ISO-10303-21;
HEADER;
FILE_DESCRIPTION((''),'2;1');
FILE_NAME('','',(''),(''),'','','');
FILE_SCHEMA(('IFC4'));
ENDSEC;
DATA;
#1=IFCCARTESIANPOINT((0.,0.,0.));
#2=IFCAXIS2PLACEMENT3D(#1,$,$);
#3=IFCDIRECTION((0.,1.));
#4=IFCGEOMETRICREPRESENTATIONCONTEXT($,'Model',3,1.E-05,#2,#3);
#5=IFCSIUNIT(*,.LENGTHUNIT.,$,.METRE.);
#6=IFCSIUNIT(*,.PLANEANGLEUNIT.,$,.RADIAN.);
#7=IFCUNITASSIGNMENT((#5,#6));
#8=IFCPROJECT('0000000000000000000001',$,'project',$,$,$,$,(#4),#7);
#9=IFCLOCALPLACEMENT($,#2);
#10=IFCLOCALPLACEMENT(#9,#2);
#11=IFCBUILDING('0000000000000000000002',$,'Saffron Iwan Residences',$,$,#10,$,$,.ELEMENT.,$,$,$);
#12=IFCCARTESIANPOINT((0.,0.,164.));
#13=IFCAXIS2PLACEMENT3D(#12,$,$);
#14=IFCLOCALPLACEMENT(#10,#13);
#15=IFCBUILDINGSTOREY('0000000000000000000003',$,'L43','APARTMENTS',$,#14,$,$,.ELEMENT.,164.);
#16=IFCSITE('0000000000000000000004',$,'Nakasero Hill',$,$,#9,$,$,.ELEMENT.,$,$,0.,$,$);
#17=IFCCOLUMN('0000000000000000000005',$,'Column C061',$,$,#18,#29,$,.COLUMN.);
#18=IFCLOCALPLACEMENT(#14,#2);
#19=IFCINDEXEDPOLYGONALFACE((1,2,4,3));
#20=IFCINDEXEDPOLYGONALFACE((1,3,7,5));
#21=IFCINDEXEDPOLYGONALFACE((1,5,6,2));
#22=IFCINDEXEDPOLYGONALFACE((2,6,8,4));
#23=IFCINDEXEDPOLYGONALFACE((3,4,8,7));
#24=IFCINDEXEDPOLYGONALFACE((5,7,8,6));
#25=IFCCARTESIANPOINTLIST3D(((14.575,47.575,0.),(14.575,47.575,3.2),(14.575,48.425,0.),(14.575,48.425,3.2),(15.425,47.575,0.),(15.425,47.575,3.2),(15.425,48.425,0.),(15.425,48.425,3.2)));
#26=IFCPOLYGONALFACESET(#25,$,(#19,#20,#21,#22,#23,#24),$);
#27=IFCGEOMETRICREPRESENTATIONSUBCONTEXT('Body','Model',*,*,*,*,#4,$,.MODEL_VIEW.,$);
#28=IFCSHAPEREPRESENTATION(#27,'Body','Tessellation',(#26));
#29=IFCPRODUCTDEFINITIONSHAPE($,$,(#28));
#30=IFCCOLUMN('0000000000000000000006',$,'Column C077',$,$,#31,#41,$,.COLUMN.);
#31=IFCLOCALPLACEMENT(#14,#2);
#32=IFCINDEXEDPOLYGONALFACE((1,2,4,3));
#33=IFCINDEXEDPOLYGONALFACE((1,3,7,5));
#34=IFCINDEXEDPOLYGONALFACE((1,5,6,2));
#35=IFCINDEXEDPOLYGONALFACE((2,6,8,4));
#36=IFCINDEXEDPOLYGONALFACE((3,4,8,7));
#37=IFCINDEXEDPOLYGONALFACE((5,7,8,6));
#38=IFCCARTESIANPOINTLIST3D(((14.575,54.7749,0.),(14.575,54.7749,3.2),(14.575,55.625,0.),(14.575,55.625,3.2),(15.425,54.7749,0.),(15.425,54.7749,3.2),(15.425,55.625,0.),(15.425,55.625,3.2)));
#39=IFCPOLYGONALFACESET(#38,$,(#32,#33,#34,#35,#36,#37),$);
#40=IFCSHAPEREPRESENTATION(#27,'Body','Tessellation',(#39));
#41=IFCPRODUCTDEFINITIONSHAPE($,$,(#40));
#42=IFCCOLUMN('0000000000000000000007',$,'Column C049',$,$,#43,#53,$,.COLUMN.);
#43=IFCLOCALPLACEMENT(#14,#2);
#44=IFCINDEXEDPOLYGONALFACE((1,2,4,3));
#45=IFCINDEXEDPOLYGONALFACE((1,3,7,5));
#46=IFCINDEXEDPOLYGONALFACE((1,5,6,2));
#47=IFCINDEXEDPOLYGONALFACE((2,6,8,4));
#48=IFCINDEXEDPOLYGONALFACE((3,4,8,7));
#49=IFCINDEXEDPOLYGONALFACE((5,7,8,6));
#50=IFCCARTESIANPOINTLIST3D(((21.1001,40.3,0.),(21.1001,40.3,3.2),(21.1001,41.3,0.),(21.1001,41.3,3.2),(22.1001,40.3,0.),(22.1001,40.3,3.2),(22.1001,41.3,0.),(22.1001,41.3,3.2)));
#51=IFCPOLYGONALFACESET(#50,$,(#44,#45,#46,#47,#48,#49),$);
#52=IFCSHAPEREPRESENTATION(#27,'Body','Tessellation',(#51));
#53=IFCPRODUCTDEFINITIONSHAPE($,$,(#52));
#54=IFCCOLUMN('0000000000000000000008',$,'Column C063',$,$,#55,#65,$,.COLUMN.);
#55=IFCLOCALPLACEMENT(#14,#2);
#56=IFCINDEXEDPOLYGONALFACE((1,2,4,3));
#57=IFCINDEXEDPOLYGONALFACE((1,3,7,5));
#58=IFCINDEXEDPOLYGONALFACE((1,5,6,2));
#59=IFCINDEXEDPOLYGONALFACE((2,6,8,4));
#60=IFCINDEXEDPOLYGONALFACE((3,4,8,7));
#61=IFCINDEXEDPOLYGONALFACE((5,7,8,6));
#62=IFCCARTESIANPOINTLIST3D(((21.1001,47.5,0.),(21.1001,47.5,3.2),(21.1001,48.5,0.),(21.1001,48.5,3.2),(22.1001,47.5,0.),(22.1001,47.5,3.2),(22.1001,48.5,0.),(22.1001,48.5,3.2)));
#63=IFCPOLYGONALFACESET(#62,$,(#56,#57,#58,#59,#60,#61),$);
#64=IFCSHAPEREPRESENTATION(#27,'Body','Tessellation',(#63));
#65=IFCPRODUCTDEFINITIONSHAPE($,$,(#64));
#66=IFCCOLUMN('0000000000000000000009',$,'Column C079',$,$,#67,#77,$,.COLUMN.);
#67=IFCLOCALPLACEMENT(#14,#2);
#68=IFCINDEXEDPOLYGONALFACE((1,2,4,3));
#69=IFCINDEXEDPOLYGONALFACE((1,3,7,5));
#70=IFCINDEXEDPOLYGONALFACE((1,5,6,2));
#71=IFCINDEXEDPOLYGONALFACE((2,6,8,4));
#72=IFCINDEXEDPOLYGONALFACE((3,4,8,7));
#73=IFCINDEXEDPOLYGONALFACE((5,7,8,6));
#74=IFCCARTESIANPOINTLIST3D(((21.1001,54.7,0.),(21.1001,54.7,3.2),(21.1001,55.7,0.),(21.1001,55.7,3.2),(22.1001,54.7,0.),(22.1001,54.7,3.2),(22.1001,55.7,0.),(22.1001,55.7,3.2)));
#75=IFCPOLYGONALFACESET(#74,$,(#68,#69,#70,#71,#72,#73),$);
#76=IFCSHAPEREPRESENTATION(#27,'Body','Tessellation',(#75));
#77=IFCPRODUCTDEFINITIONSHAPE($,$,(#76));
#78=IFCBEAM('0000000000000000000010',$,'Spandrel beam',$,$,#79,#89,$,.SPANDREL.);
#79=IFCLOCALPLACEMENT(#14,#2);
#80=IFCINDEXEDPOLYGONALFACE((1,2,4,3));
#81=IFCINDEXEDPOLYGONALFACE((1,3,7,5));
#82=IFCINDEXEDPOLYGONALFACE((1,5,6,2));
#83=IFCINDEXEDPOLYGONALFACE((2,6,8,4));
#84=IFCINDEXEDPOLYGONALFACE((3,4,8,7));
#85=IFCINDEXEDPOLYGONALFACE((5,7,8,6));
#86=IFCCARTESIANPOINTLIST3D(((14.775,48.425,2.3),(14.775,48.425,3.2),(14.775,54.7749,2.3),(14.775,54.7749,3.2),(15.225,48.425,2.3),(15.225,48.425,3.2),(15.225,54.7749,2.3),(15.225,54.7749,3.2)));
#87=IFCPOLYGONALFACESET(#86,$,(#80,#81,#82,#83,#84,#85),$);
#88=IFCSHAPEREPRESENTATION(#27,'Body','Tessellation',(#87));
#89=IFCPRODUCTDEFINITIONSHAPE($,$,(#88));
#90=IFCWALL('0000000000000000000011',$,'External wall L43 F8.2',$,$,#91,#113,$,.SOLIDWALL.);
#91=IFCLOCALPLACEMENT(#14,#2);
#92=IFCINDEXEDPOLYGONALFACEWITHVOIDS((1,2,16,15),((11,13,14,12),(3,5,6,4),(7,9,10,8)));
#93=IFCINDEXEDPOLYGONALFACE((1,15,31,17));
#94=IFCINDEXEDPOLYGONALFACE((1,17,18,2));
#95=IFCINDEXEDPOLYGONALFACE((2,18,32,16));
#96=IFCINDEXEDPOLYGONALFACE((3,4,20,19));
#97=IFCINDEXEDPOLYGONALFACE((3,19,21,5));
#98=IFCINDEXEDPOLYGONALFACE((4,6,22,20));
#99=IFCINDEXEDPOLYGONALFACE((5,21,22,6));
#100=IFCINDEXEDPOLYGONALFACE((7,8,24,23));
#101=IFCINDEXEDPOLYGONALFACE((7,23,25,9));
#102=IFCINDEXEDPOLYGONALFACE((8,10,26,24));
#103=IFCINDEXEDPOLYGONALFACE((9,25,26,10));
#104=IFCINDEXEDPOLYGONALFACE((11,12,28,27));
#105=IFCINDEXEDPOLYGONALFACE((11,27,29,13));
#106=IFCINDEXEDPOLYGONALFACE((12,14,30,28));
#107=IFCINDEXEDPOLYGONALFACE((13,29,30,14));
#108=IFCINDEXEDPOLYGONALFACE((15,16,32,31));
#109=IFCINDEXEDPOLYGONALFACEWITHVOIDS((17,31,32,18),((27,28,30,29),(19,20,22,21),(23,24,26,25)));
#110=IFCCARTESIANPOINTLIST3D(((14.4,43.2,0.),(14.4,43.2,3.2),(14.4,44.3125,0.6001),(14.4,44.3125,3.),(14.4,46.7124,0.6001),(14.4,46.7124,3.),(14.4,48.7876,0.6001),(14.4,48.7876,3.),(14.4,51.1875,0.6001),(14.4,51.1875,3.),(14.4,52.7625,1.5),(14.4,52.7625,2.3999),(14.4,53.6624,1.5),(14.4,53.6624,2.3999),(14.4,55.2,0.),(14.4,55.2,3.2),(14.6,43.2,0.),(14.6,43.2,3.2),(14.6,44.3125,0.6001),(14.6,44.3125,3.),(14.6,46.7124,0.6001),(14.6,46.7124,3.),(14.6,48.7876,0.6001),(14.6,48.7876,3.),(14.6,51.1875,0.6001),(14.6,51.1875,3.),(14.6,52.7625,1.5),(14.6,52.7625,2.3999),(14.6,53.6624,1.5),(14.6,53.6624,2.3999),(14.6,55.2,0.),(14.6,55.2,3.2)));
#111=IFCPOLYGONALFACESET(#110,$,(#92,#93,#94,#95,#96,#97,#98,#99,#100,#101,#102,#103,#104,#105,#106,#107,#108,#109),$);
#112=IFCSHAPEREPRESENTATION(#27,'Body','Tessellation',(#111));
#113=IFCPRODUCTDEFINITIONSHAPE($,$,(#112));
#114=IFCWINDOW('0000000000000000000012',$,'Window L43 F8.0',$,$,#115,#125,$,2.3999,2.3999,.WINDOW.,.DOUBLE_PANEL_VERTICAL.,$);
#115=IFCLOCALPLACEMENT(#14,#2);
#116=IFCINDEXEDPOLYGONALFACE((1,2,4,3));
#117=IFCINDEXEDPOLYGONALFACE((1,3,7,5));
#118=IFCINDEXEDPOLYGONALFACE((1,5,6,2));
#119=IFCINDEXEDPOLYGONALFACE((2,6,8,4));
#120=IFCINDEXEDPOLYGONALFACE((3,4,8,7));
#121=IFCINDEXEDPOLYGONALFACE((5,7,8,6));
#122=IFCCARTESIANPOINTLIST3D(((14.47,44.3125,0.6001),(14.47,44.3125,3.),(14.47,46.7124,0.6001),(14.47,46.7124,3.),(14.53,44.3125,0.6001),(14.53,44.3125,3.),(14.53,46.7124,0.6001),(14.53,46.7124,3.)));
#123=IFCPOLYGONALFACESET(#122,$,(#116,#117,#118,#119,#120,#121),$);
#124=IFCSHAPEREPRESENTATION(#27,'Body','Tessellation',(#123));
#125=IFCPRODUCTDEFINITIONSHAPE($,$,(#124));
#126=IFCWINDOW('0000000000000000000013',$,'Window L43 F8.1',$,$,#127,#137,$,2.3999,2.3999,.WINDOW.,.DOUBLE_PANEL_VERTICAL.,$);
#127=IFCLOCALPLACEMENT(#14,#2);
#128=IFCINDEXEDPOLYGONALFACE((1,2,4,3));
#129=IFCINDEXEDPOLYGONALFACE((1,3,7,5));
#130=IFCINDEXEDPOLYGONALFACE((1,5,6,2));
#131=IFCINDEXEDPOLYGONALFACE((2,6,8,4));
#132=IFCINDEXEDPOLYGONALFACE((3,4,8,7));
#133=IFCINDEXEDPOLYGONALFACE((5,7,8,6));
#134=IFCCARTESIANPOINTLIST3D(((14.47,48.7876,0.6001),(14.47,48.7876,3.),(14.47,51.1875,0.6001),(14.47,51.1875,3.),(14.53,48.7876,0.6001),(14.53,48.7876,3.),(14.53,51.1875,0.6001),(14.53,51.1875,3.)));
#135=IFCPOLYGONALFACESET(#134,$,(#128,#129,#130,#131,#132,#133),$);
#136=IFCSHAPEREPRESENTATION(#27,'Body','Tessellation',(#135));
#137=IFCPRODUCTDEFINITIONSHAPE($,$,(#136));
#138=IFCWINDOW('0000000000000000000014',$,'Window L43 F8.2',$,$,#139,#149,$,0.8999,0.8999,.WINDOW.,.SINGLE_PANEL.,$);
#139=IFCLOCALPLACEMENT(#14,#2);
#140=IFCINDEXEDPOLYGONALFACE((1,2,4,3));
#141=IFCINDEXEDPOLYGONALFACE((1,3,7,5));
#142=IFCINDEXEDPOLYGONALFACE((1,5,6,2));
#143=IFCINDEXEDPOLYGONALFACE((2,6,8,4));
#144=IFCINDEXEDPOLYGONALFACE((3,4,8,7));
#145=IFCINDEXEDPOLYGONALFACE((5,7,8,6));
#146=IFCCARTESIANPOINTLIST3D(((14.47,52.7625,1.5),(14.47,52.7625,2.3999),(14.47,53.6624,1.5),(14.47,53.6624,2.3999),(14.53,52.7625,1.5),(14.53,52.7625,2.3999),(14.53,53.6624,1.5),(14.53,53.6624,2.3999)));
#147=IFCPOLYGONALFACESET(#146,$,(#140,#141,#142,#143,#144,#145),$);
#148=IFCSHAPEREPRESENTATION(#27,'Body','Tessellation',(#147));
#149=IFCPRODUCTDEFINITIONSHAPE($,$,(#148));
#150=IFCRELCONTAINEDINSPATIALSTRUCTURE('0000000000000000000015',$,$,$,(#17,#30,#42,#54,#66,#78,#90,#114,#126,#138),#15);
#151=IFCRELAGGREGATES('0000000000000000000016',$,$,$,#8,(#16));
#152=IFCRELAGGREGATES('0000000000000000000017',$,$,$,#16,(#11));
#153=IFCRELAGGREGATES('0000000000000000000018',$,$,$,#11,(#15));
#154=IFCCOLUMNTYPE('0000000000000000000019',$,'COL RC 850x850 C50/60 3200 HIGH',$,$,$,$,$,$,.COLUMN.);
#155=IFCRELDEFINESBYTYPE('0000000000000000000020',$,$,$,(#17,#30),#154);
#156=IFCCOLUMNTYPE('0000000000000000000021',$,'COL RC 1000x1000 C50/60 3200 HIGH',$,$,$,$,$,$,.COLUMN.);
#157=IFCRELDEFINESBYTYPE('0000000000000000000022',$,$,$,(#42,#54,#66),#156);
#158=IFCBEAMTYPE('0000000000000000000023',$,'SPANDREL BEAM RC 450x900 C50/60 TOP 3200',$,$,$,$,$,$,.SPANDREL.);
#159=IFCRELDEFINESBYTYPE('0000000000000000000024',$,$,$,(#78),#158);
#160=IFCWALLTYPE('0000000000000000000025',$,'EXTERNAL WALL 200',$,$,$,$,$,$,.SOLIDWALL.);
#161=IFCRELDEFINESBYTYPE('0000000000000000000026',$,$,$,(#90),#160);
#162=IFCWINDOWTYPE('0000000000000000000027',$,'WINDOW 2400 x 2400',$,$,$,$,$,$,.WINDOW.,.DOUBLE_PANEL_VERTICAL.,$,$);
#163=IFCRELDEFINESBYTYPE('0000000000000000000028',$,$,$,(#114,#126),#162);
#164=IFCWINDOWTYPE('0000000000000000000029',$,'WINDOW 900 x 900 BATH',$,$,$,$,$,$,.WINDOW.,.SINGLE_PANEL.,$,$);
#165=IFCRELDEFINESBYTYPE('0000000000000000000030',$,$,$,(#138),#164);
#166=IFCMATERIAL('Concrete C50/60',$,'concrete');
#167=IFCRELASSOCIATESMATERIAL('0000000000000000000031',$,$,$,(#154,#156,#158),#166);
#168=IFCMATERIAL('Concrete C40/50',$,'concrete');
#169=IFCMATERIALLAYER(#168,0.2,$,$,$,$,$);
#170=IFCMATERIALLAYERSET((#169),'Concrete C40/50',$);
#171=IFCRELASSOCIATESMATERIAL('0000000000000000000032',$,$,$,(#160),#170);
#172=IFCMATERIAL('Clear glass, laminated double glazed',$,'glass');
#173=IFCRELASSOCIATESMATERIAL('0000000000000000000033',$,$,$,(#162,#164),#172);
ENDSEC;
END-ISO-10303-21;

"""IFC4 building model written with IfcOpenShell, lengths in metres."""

from ifc_helpers import new_model, si_unit, direction, frame, frame_2d, origin, origin_2d, place, context, subcontext, project, spatial, rectangle, extrude, source, transform, mapped, material, layer, layer_set, material_profile, profile_set, type_object, element, fill, save


model = new_model("IFC4")

# Units and contexts
model_context = context("Model", 3, precision=1e-05, world=origin(), true_north=direction((0.0, 1.0)))
body_context = subcontext(model_context, "Body", "Model", "MODEL_VIEW")
ifc_project = project(units=[si_unit("LENGTHUNIT", "METRE"), si_unit("PLANEANGLEUNIT", "RADIAN")], contexts=[model_context])

# Site, building, storey
site_placement = place(None, origin())
site = spatial("IfcSite", under=ifc_project, at=site_placement, Name="Nakasero Hill", CompositionType="ELEMENT", RefElevation=0.0)
building_placement = place(site_placement, origin())
building = spatial("IfcBuilding", under=site, at=building_placement, Name="Saffron Iwan Residences", CompositionType="ELEMENT")
storey_placement = place(building_placement, frame((0.0, 0.0, 164.0)))
storey = spatial("IfcBuildingStorey", under=building, at=storey_placement, Name="L43", Description="APARTMENTS", CompositionType="ELEMENT", Elevation=164.0)

# Columns
ifc_material_1 = material(Name="Concrete C50/60", Category="concrete")
ifc_material_profile_1 = material_profile(ifc_material_1, rectangle(XDim=0.8501, YDim=0.8501, at=origin_2d()), Name="RC 850x850")
ifc_profile_set_1 = profile_set([ifc_material_profile_1], Name="Concrete C50/60")
column_type_1 = type_object("IfcColumnType", Name="COL RC 850x850 C50/60 3200 HIGH", PredefinedType="COLUMN", material=ifc_profile_set_1)
shared_shape_1 = source(origin(), body_context, "Body", "SweptSolid", [
    extrude(rectangle(XDim=0.8501, YDim=0.8501, at=origin_2d()), origin(), (0.0, 0.0, 1.0), 3.2),
])
for number, where, z_axis, x_axis, name in (
    (1, (15.0, 48.0, 0.0), (0.0, 0.0, 1.0), (1.0, 0.0, 0.0), "Column C061"),
    (2, (15.0, 55.2, 0.0), (0.0, 0.0, 1.0), (1.0, 0.0, 0.0), "Column C077"),
):
    element("IfcColumn", number, at=place(storey_placement, frame(where, z_axis=z_axis, x_axis=x_axis)), inside=storey, type_object=column_type_1, Name=name, PredefinedType="COLUMN", context=body_context, shape_type="MappedRepresentation", body=[
        mapped(shared_shape_1, transform((0.0, 0.0, 0.0))),
    ])
ifc_material_profile_2 = material_profile(ifc_material_1, rectangle(XDim=1.0, YDim=1.0, at=origin_2d()), Name="RC 1000x1000")
ifc_profile_set_2 = profile_set([ifc_material_profile_2], Name="Concrete C50/60")
column_type_2 = type_object("IfcColumnType", Name="COL RC 1000x1000 C50/60 3200 HIGH", PredefinedType="COLUMN", material=ifc_profile_set_2)
shared_shape_2 = source(origin(), body_context, "Body", "SweptSolid", [
    extrude(rectangle(XDim=1.0, YDim=1.0, at=origin_2d()), origin(), (0.0, 0.0, 1.0), 3.2),
])
for number, where, z_axis, x_axis, name in (
    (3, (21.6001, 40.8, 0.0), (0.0, 0.0, 1.0), (1.0, 0.0, 0.0), "Column C049"),
    (4, (21.6001, 48.0, 0.0), (0.0, 0.0, 1.0), (1.0, 0.0, 0.0), "Column C063"),
    (5, (21.6001, 55.2, 0.0), (0.0, 0.0, 1.0), (1.0, 0.0, 0.0), "Column C079"),
):
    element("IfcColumn", number, at=place(storey_placement, frame(where, z_axis=z_axis, x_axis=x_axis)), inside=storey, type_object=column_type_2, Name=name, PredefinedType="COLUMN", context=body_context, shape_type="MappedRepresentation", body=[
        mapped(shared_shape_2, transform((0.0, 0.0, 0.0))),
    ])

# Beam
ifc_material_profile_3 = material_profile(ifc_material_1, rectangle(XDim=0.45, YDim=0.8999, at=origin_2d()), Name="RC 450x900")
ifc_profile_set_3 = profile_set([ifc_material_profile_3], Name="Concrete C50/60")
beam_type = type_object("IfcBeamType", Name="SPANDREL BEAM RC 450x900 C50/60 TOP 3200", PredefinedType="SPANDREL", material=ifc_profile_set_3)
shared_shape_3 = source(origin(), body_context, "Body", "SweptSolid", [
    extrude(rectangle(XDim=0.45, YDim=0.8999, at=origin_2d()), origin(), (0.0, 0.0, 1.0), 6.3499),
])
beam_placement = place(storey_placement, frame((15.0, 48.425, 2.75), z_axis=(0.0, 1.0, 0.0), x_axis=(-1.0, 0.0, 0.0)))
element("IfcBeam", 6, at=beam_placement, inside=storey, type_object=beam_type, Name="Spandrel beam", PredefinedType="SPANDREL", context=body_context, shape_type="MappedRepresentation", body=[
    mapped(shared_shape_3, transform((0.0, 0.0, 0.0))),
])

# Wall, openings, windows
ifc_material_2 = material(Name="Concrete C40/50", Category="concrete")
ifc_layer_1 = layer(ifc_material_2, 0.2)
ifc_layer_set_1 = layer_set([ifc_layer_1], Name="Concrete C40/50")
wall_type_1 = type_object("IfcWallType", Name="EXTERNAL WALL 200", PredefinedType="SOLIDWALL", material=ifc_layer_set_1)
wall_1_placement = place(storey_placement, frame((14.5, 55.2, 0.0), z_axis=(0.0, 0.0, 1.0), x_axis=(0.0, -1.0, 0.0)))
wall_1 = element("IfcWall", 7, at=wall_1_placement, inside=storey, type_object=wall_type_1, Name="External wall L43 F8.2", PredefinedType="SOLIDWALL", context=body_context, shape_type="SweptSolid", body=[
    extrude(rectangle(XDim=12.0, YDim=0.2, at=frame_2d((6.0, 0.0))), origin(), (0.0, 0.0, 1.0), 3.2),
])
opening_1_placement = place(wall_1_placement, frame((8.4875, 0.0, 0.6001)))
opening_1 = element("IfcOpeningElement", 8, at=opening_1_placement, cuts=wall_1, PredefinedType="OPENING", context=body_context, shape_type="SweptSolid", body=[
    extrude(rectangle(XDim=2.3999, YDim=2.3999, at=frame_2d((1.2, 1.2))), frame((0.0, 0.1099, 0.0), z_axis=(0.0, -1.0, 0.0), x_axis=(1.0, 0.0, 0.0)), (0.0, 0.0, 1.0), 0.22),
])
opening_2_placement = place(wall_1_placement, frame((4.0125, 0.0, 0.6001)))
opening_2 = element("IfcOpeningElement", 9, at=opening_2_placement, cuts=wall_1, PredefinedType="OPENING", context=body_context, shape_type="SweptSolid", body=[
    extrude(rectangle(XDim=2.3999, YDim=2.3999, at=frame_2d((1.2, 1.2))), frame((0.0, 0.1099, 0.0), z_axis=(0.0, -1.0, 0.0), x_axis=(1.0, 0.0, 0.0)), (0.0, 0.0, 1.0), 0.22),
])
opening_3_placement = place(wall_1_placement, frame((1.5376, 0.0, 1.5)))
opening_3 = element("IfcOpeningElement", 10, at=opening_3_placement, cuts=wall_1, PredefinedType="OPENING", context=body_context, shape_type="SweptSolid", body=[
    extrude(rectangle(XDim=0.8999, YDim=0.8999, at=frame_2d((0.45, 0.45))), frame((0.0, 0.1099, 0.0), z_axis=(0.0, -1.0, 0.0), x_axis=(1.0, 0.0, 0.0)), (0.0, 0.0, 1.0), 0.22),
])
ifc_material_3 = material(Name="Clear glass, laminated double glazed", Category="glass")
window_type_1 = type_object("IfcWindowType", Name="WINDOW 2400 x 2400", PartitioningType="DOUBLE_PANEL_VERTICAL", PredefinedType="WINDOW", material=ifc_material_3)
window_1_placement = place(opening_1_placement, origin())
window_1 = element("IfcWindow", 11, at=window_1_placement, inside=storey, type_object=window_type_1, Name="Window L43 F8.0", OverallHeight=2.3999, OverallWidth=2.3999, PartitioningType="DOUBLE_PANEL_VERTICAL", PredefinedType="WINDOW", context=body_context, shape_type="SweptSolid", body=[
    extrude(rectangle(XDim=2.3999, YDim=2.3999, at=frame_2d((1.2, 1.2))), frame((0.0, 0.03, 0.0), z_axis=(0.0, -1.0, 0.0), x_axis=(1.0, 0.0, 0.0)), (0.0, 0.0, 1.0), 0.0601),
])
fill(opening_1, window_1)
window_2_placement = place(opening_2_placement, origin())
window_2 = element("IfcWindow", 12, at=window_2_placement, inside=storey, type_object=window_type_1, Name="Window L43 F8.1", OverallHeight=2.3999, OverallWidth=2.3999, PartitioningType="DOUBLE_PANEL_VERTICAL", PredefinedType="WINDOW", context=body_context, shape_type="SweptSolid", body=[
    extrude(rectangle(XDim=2.3999, YDim=2.3999, at=frame_2d((1.2, 1.2))), frame((0.0, 0.03, 0.0), z_axis=(0.0, -1.0, 0.0), x_axis=(1.0, 0.0, 0.0)), (0.0, 0.0, 1.0), 0.0601),
])
fill(opening_2, window_2)
window_type_2 = type_object("IfcWindowType", Name="WINDOW 900 x 900 BATH", PartitioningType="SINGLE_PANEL", PredefinedType="WINDOW", material=ifc_material_3)
window_3_placement = place(opening_3_placement, origin())
window_3 = element("IfcWindow", 13, at=window_3_placement, inside=storey, type_object=window_type_2, Name="Window L43 F8.2", OverallHeight=0.8999, OverallWidth=0.8999, PartitioningType="SINGLE_PANEL", PredefinedType="WINDOW", context=body_context, shape_type="SweptSolid", body=[
    extrude(rectangle(XDim=0.8999, YDim=0.8999, at=frame_2d((0.45, 0.45))), frame((0.0, 0.03, 0.0), z_axis=(0.0, -1.0, 0.0), x_axis=(1.0, 0.0, 0.0)), (0.0, 0.0, 1.0), 0.0601),
])
fill(opening_3, window_3)

save(model, "model.ifc")
